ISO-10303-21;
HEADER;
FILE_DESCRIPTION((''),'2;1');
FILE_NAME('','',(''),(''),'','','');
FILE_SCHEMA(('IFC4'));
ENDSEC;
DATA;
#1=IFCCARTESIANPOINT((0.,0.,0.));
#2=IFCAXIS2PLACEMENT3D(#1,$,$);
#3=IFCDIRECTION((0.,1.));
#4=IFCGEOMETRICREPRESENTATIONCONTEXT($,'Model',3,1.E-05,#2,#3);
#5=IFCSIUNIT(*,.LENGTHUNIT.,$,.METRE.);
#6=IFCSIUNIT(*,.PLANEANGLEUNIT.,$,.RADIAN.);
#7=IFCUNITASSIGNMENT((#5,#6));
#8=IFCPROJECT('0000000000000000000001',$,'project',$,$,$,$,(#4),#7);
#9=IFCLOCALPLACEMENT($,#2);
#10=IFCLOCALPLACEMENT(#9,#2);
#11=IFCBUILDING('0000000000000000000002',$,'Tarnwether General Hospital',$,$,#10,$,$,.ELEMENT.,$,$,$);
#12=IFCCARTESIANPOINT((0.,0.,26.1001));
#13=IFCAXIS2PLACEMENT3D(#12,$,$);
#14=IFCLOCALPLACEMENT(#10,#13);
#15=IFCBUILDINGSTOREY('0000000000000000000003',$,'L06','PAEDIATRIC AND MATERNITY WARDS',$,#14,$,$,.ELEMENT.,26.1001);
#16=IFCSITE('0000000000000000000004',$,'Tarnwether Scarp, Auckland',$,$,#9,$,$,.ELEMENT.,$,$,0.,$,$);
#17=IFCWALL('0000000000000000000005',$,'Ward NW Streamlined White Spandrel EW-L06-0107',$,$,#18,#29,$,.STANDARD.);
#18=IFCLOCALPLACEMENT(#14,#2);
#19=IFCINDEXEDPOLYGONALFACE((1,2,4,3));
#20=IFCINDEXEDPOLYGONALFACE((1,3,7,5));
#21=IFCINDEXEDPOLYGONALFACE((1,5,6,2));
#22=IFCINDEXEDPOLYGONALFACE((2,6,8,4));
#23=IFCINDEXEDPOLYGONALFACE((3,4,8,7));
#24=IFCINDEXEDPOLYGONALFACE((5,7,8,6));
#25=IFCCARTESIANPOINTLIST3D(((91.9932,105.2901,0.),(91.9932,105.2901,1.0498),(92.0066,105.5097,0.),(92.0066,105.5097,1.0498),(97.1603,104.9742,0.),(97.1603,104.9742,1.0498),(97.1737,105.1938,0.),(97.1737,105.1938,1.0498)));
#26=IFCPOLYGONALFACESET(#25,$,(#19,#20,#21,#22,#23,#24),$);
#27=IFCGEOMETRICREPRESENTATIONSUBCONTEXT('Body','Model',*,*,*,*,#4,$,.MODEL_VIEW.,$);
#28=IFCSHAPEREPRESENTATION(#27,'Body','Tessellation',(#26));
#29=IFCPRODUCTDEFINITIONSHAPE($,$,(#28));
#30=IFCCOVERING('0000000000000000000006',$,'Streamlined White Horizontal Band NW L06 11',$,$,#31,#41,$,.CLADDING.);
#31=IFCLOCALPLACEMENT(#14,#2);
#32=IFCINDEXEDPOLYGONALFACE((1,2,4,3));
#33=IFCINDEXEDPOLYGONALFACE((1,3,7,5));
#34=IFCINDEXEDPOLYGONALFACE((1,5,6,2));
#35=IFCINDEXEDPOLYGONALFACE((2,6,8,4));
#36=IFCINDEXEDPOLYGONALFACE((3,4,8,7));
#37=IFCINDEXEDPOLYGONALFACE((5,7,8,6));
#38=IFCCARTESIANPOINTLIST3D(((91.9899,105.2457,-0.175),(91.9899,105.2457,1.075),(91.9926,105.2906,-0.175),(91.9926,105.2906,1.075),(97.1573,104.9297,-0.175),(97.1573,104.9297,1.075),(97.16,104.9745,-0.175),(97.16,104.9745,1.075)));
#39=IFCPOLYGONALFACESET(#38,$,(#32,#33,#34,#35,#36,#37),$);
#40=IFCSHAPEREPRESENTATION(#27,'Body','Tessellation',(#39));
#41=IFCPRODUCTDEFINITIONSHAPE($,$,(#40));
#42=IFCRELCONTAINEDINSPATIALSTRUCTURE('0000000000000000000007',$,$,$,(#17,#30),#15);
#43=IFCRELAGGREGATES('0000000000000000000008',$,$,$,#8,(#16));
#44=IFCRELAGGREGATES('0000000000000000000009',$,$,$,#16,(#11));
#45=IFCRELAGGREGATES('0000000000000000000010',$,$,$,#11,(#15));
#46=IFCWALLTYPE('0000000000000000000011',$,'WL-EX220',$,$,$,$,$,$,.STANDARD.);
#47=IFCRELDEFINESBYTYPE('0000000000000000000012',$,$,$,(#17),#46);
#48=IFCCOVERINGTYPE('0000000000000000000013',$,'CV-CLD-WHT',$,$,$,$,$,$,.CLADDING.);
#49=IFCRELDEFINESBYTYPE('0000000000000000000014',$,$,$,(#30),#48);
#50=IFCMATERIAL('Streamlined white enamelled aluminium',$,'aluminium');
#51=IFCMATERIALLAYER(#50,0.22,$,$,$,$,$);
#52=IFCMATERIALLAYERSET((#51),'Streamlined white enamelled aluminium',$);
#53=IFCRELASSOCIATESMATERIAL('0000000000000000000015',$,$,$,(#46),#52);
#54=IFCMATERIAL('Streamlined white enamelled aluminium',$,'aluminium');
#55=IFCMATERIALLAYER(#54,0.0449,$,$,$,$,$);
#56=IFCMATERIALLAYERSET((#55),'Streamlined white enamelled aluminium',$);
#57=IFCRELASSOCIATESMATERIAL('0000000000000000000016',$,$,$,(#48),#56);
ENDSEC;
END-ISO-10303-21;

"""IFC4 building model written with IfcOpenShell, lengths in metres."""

from ifc_helpers import new_model, si_unit, direction, frame, frame_2d, origin, origin_2d, place, context, subcontext, project, spatial, rectangle, extrude, material, layer, layer_set, type_object, element, save


model = new_model("IFC4")

# Units and contexts
model_context = context("Model", 3, precision=1e-05, world=origin(), true_north=direction((0.0, 1.0)))
body_context = subcontext(model_context, "Body", "Model", "MODEL_VIEW")
ifc_project = project(units=[si_unit("LENGTHUNIT", "METRE"), si_unit("PLANEANGLEUNIT", "RADIAN")], contexts=[model_context])

# Site, building, storey
site_placement = place(None, origin())
site = spatial("IfcSite", under=ifc_project, at=site_placement, Name="Tarnwether Scarp, Auckland", CompositionType="ELEMENT", RefElevation=0.0)
building_placement = place(site_placement, origin())
building = spatial("IfcBuilding", under=site, at=building_placement, Name="Tarnwether General Hospital", CompositionType="ELEMENT")
storey_placement = place(building_placement, frame((0.0, 0.0, 26.1001)))
storey = spatial("IfcBuildingStorey", under=building, at=storey_placement, Name="L06", Description="PAEDIATRIC AND MATERNITY WARDS", CompositionType="ELEMENT", Elevation=26.1001)

# Wall
ifc_material_1 = material(Name="Streamlined white enamelled aluminium", Category="aluminium")
ifc_layer_1 = layer(ifc_material_1, 0.22)
ifc_layer_set_1 = layer_set([ifc_layer_1], Name="Streamlined white enamelled aluminium")
wall_type = type_object("IfcWallType", Name="WL-EX220", PredefinedType="STANDARD", material=ifc_layer_set_1)
wall_placement = place(storey_placement, frame((97.167, 105.084, 0.0), z_axis=(0.0, 0.0, 1.0), x_axis=(-0.998136, 0.061028, 0.0)))
element("IfcWall", 1, at=wall_placement, inside=storey, type_object=wall_type, Name="Ward NW Streamlined White Spandrel EW-L06-0107", PredefinedType="STANDARD", context=body_context, shape_type="SweptSolid", body=[
    extrude(rectangle(XDim=5.1768, YDim=0.22, at=frame_2d((2.5884, 0.0))), origin(), (0.0, 0.0, 1.0), 1.0498),
])

# Covering
ifc_material_2 = material(Name="Streamlined white enamelled aluminium", Category="aluminium")
ifc_layer_2 = layer(ifc_material_2, 0.0449)
ifc_layer_set_2 = layer_set([ifc_layer_2], Name="Streamlined white enamelled aluminium")
covering_type = type_object("IfcCoveringType", Name="CV-CLD-WHT", PredefinedType="CLADDING", material=ifc_layer_set_2)
covering_placement = place(storey_placement, frame((94.575, 105.1101, -0.175), z_axis=(0.0, 0.0, 1.0), x_axis=(-0.998135, 0.061049, 0.0)))
element("IfcCovering", 2, at=covering_placement, inside=storey, type_object=covering_type, Name="Streamlined White Horizontal Band NW L06 11", PredefinedType="CLADDING", context=body_context, shape_type="SweptSolid", body=[
    extrude(rectangle(XDim=5.177, YDim=0.0449, at=origin_2d()), origin(), (0.0, 0.0, 1.0), 1.25),
])

save(model, "model.ifc")
